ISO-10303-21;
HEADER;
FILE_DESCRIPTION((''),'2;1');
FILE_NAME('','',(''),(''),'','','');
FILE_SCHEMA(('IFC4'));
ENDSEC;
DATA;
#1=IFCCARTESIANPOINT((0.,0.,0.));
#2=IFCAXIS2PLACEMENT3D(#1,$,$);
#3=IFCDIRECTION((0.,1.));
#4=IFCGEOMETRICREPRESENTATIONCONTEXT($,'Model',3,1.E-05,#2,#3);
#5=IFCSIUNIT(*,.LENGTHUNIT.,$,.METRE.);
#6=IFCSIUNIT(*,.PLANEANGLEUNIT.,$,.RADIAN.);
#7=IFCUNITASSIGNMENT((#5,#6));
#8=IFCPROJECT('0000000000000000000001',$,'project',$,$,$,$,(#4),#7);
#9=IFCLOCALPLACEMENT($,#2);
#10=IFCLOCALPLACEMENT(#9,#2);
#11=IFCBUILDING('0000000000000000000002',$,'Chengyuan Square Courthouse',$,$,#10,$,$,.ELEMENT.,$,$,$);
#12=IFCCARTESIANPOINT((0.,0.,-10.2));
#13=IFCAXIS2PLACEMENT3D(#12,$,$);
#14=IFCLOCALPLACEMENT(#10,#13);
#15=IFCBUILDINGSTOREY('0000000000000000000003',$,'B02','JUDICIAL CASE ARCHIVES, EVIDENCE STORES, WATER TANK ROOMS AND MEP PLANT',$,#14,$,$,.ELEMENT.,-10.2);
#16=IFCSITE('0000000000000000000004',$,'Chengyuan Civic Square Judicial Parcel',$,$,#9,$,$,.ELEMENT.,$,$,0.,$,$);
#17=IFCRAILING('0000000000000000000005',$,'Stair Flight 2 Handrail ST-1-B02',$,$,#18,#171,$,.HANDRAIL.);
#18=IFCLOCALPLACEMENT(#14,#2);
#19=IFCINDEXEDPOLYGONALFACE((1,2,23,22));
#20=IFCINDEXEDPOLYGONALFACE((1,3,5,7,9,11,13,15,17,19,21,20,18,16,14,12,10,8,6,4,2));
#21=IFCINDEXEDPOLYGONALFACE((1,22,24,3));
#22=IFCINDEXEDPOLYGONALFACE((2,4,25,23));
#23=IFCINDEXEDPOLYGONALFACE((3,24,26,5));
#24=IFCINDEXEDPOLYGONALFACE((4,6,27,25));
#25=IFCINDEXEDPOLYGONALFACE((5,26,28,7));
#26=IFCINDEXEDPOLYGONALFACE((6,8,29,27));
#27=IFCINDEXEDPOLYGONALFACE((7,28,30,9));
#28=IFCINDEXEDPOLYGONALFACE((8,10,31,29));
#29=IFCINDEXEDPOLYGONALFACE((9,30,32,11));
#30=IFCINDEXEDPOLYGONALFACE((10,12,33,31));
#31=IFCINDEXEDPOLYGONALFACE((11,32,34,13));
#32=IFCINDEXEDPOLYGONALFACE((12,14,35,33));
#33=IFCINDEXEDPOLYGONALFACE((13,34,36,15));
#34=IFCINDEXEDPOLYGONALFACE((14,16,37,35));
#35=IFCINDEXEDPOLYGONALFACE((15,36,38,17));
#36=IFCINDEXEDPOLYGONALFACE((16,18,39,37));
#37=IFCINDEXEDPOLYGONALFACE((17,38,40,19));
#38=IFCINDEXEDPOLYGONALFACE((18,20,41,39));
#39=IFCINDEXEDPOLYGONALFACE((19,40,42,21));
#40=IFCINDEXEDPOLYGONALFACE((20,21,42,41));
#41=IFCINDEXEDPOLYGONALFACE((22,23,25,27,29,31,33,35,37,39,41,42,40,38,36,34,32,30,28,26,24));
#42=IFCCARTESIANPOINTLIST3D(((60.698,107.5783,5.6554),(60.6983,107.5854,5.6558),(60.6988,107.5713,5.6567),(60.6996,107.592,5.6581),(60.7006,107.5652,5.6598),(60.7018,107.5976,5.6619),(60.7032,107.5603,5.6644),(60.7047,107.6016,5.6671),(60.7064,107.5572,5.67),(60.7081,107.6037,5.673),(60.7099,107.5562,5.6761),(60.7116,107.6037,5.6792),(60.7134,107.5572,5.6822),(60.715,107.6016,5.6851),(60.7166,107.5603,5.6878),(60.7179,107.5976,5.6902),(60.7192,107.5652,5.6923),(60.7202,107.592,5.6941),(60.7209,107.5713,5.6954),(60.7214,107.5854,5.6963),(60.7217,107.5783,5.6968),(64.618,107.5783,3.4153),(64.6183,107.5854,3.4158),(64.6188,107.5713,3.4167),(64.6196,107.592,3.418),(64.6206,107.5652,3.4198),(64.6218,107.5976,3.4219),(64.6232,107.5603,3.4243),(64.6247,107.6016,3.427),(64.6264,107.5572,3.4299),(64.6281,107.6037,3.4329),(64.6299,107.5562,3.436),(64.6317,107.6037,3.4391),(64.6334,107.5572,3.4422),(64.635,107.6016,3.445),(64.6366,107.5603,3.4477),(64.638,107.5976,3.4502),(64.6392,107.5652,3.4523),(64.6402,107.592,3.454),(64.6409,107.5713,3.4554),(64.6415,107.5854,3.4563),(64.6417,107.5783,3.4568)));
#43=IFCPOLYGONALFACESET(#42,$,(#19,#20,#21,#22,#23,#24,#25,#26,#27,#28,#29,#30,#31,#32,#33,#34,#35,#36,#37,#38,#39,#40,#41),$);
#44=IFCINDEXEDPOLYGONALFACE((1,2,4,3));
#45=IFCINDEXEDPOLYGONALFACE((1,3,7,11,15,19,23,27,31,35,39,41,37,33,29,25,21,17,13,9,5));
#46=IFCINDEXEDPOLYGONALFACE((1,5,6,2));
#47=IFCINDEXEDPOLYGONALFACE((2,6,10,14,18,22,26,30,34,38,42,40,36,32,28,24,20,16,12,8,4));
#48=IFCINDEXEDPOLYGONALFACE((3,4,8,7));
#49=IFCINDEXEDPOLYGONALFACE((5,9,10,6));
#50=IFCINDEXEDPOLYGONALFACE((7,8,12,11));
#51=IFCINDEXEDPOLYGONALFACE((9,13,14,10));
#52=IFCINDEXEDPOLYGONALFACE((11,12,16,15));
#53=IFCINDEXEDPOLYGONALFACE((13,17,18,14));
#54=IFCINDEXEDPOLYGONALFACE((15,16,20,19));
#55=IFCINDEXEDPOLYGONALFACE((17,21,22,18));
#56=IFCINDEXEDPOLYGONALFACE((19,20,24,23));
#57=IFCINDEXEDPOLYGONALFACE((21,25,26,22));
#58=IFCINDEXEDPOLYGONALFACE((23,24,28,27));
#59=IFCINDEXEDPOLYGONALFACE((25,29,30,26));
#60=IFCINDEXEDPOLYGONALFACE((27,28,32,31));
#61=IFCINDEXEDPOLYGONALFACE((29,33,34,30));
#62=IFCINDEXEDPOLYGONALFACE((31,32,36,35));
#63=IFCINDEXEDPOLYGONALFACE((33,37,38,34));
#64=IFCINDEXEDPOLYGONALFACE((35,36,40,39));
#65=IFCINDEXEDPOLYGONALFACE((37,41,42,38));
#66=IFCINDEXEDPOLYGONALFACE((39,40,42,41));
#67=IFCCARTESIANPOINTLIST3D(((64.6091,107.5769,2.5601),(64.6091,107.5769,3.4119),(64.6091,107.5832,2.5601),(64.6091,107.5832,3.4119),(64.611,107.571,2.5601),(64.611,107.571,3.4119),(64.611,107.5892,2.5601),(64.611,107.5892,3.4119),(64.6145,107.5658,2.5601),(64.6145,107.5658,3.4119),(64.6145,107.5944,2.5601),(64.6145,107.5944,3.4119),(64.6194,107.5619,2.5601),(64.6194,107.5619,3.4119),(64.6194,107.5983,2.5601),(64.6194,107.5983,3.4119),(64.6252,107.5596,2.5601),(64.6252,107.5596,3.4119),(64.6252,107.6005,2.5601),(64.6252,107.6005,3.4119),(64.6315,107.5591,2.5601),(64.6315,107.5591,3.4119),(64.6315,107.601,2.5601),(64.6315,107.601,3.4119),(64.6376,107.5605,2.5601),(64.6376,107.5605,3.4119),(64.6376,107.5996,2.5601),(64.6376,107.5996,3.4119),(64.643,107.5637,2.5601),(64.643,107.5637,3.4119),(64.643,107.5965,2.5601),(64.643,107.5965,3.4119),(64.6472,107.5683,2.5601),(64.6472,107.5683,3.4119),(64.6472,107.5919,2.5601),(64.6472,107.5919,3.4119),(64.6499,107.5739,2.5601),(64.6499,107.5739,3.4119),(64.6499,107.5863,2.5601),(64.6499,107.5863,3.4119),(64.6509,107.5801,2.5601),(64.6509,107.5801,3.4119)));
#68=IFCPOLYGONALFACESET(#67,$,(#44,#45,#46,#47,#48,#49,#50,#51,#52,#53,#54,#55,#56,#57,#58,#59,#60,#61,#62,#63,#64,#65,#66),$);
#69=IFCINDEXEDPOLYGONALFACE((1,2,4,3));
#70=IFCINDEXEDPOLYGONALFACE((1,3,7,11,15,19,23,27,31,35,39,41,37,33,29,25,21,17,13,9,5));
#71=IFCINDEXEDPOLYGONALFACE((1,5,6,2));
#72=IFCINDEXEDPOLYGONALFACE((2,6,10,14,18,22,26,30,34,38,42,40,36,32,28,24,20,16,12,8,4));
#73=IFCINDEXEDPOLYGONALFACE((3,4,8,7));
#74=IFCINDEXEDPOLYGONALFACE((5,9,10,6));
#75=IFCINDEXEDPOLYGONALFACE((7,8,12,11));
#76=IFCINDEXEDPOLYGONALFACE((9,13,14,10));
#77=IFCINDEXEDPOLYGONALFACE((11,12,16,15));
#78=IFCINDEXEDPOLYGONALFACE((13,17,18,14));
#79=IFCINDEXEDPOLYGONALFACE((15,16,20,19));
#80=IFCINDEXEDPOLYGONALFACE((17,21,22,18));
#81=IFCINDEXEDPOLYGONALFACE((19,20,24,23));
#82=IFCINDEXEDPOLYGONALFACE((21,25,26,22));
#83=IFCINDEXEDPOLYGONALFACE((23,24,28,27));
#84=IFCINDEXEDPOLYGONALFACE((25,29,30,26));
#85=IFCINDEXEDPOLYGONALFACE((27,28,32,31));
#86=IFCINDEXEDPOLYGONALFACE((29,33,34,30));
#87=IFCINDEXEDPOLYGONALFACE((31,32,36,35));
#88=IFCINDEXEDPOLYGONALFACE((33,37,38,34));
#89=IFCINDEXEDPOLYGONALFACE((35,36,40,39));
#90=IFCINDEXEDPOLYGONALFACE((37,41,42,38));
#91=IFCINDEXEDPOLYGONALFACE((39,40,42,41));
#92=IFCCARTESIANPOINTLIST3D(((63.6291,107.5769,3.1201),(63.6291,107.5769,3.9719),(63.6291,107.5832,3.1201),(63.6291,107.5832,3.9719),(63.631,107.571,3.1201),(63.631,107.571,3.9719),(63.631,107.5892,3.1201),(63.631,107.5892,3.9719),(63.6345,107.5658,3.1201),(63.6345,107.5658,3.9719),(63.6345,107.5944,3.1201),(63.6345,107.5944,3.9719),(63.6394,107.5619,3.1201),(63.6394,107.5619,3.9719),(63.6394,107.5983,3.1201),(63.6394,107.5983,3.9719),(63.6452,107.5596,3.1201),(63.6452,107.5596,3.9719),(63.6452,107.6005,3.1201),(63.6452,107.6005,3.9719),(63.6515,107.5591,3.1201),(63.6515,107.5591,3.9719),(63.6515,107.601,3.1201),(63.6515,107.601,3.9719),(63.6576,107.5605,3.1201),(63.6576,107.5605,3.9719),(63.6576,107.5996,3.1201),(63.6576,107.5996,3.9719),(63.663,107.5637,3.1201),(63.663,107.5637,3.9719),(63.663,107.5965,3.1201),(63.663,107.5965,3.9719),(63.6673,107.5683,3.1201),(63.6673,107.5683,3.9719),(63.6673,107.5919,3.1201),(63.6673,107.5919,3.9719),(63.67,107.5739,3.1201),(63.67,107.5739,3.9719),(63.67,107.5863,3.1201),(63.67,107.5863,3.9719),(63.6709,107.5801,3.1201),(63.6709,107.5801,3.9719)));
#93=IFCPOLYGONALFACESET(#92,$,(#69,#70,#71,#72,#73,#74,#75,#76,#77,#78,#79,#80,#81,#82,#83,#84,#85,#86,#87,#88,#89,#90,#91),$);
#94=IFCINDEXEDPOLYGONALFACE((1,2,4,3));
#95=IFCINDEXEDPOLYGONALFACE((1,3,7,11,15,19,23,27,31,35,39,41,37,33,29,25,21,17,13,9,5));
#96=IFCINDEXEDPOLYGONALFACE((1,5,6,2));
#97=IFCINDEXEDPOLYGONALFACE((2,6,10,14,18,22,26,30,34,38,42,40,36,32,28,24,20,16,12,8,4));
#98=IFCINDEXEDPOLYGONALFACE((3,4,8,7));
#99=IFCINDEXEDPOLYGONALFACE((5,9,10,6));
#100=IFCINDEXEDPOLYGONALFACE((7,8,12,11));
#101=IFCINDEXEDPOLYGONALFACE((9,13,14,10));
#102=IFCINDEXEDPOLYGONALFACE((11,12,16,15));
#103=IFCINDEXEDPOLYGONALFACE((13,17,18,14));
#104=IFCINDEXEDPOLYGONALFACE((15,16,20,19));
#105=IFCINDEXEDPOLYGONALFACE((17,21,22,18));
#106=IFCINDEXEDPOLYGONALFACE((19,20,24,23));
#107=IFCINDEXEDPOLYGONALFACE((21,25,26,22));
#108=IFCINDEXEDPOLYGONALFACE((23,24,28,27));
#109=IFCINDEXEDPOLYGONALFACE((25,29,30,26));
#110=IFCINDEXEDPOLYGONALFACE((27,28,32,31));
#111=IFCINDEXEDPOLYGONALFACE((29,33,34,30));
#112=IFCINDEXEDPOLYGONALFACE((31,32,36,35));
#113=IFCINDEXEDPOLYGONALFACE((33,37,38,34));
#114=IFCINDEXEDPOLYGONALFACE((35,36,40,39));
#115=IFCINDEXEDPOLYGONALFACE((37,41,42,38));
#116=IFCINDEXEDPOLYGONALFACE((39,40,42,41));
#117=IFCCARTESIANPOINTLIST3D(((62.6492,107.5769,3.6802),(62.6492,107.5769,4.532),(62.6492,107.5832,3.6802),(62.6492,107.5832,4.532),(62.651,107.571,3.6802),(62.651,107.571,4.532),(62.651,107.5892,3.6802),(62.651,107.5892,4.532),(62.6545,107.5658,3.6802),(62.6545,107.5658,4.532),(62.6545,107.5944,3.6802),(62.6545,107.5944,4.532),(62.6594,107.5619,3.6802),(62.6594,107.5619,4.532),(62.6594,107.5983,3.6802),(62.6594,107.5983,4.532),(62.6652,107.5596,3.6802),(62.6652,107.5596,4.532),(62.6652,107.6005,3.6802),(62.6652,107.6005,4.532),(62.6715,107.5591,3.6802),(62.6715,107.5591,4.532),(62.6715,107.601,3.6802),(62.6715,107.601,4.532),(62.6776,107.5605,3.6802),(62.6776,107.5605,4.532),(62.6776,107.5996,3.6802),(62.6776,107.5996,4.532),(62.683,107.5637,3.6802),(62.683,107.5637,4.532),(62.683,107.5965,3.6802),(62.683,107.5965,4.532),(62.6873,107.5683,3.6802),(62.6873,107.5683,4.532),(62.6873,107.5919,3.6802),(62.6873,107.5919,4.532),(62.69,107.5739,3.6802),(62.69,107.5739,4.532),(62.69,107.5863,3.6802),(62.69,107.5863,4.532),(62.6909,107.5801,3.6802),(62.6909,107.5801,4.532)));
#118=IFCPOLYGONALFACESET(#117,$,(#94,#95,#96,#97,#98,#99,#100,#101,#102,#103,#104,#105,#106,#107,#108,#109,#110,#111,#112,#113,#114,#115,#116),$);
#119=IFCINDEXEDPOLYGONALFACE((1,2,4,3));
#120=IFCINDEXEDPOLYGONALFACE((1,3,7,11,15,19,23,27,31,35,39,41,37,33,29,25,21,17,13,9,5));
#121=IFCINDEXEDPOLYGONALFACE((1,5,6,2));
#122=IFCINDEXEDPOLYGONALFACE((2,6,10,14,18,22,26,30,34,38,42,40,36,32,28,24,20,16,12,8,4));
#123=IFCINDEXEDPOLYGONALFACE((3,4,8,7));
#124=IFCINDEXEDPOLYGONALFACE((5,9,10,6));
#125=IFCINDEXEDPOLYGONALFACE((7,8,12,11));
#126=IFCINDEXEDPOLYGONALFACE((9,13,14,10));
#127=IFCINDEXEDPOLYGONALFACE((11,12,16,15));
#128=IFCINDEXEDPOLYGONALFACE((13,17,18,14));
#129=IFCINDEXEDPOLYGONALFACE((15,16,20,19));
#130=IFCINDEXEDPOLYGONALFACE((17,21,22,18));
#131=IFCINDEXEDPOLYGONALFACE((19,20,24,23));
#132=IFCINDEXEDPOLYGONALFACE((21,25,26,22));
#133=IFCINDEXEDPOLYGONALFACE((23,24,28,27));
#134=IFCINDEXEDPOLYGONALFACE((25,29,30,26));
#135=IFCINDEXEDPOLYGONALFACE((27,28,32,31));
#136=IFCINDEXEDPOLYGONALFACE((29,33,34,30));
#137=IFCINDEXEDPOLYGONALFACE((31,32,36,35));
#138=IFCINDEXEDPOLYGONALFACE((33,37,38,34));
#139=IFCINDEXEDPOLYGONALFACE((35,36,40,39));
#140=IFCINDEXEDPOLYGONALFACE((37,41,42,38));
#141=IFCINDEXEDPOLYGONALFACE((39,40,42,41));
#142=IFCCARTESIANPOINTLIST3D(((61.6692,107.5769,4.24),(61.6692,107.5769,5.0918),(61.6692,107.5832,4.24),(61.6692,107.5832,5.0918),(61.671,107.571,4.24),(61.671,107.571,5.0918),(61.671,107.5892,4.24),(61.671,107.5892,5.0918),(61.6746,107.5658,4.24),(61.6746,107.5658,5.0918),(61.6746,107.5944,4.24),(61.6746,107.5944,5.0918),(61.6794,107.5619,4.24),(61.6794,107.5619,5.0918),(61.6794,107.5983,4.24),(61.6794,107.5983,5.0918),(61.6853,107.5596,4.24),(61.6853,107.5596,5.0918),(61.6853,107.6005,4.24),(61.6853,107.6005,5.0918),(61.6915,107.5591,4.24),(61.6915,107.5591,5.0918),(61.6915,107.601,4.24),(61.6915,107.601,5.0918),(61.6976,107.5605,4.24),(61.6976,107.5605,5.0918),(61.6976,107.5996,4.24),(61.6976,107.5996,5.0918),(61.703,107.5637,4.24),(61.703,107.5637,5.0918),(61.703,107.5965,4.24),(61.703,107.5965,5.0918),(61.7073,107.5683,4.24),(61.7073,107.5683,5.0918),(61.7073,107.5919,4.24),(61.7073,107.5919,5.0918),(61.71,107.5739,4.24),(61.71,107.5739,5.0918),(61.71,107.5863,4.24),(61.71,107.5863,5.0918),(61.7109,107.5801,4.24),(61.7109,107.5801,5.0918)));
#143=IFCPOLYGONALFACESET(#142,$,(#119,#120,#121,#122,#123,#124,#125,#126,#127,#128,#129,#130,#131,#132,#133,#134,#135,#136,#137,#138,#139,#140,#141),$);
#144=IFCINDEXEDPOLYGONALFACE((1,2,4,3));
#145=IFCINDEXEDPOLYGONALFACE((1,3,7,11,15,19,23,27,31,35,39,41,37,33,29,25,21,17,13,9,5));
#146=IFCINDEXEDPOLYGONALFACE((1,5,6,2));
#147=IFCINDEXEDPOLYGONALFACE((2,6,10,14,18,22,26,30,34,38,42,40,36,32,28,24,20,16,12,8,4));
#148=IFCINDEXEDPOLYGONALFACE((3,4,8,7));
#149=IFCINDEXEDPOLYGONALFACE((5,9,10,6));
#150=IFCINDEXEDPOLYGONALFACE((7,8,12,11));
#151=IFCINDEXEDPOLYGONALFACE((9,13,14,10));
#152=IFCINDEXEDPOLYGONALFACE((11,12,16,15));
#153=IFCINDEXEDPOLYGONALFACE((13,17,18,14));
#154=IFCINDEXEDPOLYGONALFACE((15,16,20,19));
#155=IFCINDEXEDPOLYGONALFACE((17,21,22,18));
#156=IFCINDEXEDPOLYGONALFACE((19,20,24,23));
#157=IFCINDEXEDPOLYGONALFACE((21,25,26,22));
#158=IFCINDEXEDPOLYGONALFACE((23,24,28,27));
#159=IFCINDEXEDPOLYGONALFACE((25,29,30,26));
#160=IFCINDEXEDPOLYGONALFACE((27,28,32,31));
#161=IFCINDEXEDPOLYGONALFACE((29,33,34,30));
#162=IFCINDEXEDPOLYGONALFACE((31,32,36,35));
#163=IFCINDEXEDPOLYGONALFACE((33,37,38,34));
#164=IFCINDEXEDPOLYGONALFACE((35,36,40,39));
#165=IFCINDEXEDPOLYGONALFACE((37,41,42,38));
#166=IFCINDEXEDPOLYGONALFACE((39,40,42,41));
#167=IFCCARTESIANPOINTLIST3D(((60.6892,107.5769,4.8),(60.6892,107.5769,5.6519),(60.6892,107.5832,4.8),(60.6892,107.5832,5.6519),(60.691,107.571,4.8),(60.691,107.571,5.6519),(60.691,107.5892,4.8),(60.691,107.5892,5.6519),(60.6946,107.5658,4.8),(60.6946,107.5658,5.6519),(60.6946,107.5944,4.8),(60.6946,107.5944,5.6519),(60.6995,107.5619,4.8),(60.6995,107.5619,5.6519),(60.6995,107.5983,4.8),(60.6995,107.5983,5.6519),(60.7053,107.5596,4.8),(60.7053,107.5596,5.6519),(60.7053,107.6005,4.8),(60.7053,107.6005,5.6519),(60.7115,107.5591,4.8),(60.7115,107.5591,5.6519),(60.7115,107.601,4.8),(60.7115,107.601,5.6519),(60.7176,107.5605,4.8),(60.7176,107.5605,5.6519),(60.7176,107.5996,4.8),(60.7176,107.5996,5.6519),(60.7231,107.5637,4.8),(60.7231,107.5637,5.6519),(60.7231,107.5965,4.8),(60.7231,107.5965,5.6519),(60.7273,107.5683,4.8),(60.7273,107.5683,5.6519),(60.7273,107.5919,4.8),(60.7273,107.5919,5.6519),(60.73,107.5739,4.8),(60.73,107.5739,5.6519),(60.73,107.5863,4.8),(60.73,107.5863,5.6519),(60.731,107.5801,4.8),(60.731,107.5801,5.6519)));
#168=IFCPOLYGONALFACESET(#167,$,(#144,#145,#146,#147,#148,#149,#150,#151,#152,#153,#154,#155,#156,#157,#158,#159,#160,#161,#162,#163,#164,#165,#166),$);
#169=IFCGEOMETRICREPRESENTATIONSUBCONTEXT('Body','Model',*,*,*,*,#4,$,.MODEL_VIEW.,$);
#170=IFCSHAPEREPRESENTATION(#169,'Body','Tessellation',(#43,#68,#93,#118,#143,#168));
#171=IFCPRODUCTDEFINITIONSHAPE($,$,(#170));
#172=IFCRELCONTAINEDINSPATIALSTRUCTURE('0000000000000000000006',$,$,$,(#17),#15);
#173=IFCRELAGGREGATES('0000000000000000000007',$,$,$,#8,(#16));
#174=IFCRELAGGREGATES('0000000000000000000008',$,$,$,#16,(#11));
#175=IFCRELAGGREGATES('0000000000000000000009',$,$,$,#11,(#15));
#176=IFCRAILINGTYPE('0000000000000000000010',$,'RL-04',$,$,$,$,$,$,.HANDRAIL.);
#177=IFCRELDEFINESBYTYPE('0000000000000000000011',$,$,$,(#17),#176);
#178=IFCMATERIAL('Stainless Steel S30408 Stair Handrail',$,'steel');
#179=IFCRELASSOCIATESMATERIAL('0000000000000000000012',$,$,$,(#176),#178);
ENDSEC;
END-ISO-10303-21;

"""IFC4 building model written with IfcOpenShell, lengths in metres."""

from ifc_helpers import new_model, si_unit, direction, frame, origin, origin_2d, place, context, subcontext, project, spatial, circle, extrude, material, type_object, element, save


model = new_model("IFC4")

# Units and contexts
model_context = context("Model", 3, precision=1e-05, world=origin(), true_north=direction((0.0, 1.0)))
body_context = subcontext(model_context, "Body", "Model", "MODEL_VIEW")
ifc_project = project(units=[si_unit("LENGTHUNIT", "METRE"), si_unit("PLANEANGLEUNIT", "RADIAN")], contexts=[model_context])

# Site, building, storey
site_placement = place(None, origin())
site = spatial("IfcSite", under=ifc_project, at=site_placement, Name="Chengyuan Civic Square Judicial Parcel", CompositionType="ELEMENT", RefElevation=0.0)
building_placement = place(site_placement, origin())
building = spatial("IfcBuilding", under=site, at=building_placement, Name="Chengyuan Square Courthouse", CompositionType="ELEMENT")
storey_placement = place(building_placement, frame((0.0, 0.0, -10.2)))
storey = spatial("IfcBuildingStorey", under=building, at=storey_placement, Name="B02", Description="JUDICIAL CASE ARCHIVES, EVIDENCE STORES, WATER TANK ROOMS AND MEP PLANT", CompositionType="ELEMENT", Elevation=-10.2)

# Railing
ifc_material_1 = material(Name="Stainless Steel S30408 Stair Handrail", Category="steel")
railing_type_1 = type_object("IfcRailingType", Name="RL-04", PredefinedType="HANDRAIL", material=ifc_material_1)
railing_1_placement = place(storey_placement, frame((64.6299, 107.5801, 2.5601)))
element("IfcRailing", 1, at=railing_1_placement, inside=storey, type_object=railing_type_1, Name="Stair Flight 2 Handrail ST-1-B02", PredefinedType="HANDRAIL", context=body_context, shape_type="SweptSolid", body=[
    extrude(circle(Radius=0.0239, at=origin_2d()), frame((0.0, 0.0, 0.876), z_axis=(-0.86824, 0.0, 0.496145), x_axis=(0.0, -1.0, 0.0)), (0.0, 0.0, 1.0), 4.5149),
    extrude(circle(Radius=0.021, at=origin_2d()), origin(), (0.0, 0.0, 1.0), 0.8518),
    extrude(circle(Radius=0.021, at=origin_2d()), frame((-0.98, 0.0, 0.5601)), (0.0, 0.0, 1.0), 0.8518),
    extrude(circle(Radius=0.021, at=origin_2d()), frame((-1.96, 0.0, 1.1201)), (0.0, 0.0, 1.0), 0.8518),
    extrude(circle(Radius=0.021, at=origin_2d()), frame((-2.9399, 0.0, 1.6799)), (0.0, 0.0, 1.0), 0.8518),
    extrude(circle(Radius=0.021, at=origin_2d()), frame((-3.9199, 0.0, 2.24)), (0.0, 0.0, 1.0), 0.8518),
])

save(model, "model.ifc")
